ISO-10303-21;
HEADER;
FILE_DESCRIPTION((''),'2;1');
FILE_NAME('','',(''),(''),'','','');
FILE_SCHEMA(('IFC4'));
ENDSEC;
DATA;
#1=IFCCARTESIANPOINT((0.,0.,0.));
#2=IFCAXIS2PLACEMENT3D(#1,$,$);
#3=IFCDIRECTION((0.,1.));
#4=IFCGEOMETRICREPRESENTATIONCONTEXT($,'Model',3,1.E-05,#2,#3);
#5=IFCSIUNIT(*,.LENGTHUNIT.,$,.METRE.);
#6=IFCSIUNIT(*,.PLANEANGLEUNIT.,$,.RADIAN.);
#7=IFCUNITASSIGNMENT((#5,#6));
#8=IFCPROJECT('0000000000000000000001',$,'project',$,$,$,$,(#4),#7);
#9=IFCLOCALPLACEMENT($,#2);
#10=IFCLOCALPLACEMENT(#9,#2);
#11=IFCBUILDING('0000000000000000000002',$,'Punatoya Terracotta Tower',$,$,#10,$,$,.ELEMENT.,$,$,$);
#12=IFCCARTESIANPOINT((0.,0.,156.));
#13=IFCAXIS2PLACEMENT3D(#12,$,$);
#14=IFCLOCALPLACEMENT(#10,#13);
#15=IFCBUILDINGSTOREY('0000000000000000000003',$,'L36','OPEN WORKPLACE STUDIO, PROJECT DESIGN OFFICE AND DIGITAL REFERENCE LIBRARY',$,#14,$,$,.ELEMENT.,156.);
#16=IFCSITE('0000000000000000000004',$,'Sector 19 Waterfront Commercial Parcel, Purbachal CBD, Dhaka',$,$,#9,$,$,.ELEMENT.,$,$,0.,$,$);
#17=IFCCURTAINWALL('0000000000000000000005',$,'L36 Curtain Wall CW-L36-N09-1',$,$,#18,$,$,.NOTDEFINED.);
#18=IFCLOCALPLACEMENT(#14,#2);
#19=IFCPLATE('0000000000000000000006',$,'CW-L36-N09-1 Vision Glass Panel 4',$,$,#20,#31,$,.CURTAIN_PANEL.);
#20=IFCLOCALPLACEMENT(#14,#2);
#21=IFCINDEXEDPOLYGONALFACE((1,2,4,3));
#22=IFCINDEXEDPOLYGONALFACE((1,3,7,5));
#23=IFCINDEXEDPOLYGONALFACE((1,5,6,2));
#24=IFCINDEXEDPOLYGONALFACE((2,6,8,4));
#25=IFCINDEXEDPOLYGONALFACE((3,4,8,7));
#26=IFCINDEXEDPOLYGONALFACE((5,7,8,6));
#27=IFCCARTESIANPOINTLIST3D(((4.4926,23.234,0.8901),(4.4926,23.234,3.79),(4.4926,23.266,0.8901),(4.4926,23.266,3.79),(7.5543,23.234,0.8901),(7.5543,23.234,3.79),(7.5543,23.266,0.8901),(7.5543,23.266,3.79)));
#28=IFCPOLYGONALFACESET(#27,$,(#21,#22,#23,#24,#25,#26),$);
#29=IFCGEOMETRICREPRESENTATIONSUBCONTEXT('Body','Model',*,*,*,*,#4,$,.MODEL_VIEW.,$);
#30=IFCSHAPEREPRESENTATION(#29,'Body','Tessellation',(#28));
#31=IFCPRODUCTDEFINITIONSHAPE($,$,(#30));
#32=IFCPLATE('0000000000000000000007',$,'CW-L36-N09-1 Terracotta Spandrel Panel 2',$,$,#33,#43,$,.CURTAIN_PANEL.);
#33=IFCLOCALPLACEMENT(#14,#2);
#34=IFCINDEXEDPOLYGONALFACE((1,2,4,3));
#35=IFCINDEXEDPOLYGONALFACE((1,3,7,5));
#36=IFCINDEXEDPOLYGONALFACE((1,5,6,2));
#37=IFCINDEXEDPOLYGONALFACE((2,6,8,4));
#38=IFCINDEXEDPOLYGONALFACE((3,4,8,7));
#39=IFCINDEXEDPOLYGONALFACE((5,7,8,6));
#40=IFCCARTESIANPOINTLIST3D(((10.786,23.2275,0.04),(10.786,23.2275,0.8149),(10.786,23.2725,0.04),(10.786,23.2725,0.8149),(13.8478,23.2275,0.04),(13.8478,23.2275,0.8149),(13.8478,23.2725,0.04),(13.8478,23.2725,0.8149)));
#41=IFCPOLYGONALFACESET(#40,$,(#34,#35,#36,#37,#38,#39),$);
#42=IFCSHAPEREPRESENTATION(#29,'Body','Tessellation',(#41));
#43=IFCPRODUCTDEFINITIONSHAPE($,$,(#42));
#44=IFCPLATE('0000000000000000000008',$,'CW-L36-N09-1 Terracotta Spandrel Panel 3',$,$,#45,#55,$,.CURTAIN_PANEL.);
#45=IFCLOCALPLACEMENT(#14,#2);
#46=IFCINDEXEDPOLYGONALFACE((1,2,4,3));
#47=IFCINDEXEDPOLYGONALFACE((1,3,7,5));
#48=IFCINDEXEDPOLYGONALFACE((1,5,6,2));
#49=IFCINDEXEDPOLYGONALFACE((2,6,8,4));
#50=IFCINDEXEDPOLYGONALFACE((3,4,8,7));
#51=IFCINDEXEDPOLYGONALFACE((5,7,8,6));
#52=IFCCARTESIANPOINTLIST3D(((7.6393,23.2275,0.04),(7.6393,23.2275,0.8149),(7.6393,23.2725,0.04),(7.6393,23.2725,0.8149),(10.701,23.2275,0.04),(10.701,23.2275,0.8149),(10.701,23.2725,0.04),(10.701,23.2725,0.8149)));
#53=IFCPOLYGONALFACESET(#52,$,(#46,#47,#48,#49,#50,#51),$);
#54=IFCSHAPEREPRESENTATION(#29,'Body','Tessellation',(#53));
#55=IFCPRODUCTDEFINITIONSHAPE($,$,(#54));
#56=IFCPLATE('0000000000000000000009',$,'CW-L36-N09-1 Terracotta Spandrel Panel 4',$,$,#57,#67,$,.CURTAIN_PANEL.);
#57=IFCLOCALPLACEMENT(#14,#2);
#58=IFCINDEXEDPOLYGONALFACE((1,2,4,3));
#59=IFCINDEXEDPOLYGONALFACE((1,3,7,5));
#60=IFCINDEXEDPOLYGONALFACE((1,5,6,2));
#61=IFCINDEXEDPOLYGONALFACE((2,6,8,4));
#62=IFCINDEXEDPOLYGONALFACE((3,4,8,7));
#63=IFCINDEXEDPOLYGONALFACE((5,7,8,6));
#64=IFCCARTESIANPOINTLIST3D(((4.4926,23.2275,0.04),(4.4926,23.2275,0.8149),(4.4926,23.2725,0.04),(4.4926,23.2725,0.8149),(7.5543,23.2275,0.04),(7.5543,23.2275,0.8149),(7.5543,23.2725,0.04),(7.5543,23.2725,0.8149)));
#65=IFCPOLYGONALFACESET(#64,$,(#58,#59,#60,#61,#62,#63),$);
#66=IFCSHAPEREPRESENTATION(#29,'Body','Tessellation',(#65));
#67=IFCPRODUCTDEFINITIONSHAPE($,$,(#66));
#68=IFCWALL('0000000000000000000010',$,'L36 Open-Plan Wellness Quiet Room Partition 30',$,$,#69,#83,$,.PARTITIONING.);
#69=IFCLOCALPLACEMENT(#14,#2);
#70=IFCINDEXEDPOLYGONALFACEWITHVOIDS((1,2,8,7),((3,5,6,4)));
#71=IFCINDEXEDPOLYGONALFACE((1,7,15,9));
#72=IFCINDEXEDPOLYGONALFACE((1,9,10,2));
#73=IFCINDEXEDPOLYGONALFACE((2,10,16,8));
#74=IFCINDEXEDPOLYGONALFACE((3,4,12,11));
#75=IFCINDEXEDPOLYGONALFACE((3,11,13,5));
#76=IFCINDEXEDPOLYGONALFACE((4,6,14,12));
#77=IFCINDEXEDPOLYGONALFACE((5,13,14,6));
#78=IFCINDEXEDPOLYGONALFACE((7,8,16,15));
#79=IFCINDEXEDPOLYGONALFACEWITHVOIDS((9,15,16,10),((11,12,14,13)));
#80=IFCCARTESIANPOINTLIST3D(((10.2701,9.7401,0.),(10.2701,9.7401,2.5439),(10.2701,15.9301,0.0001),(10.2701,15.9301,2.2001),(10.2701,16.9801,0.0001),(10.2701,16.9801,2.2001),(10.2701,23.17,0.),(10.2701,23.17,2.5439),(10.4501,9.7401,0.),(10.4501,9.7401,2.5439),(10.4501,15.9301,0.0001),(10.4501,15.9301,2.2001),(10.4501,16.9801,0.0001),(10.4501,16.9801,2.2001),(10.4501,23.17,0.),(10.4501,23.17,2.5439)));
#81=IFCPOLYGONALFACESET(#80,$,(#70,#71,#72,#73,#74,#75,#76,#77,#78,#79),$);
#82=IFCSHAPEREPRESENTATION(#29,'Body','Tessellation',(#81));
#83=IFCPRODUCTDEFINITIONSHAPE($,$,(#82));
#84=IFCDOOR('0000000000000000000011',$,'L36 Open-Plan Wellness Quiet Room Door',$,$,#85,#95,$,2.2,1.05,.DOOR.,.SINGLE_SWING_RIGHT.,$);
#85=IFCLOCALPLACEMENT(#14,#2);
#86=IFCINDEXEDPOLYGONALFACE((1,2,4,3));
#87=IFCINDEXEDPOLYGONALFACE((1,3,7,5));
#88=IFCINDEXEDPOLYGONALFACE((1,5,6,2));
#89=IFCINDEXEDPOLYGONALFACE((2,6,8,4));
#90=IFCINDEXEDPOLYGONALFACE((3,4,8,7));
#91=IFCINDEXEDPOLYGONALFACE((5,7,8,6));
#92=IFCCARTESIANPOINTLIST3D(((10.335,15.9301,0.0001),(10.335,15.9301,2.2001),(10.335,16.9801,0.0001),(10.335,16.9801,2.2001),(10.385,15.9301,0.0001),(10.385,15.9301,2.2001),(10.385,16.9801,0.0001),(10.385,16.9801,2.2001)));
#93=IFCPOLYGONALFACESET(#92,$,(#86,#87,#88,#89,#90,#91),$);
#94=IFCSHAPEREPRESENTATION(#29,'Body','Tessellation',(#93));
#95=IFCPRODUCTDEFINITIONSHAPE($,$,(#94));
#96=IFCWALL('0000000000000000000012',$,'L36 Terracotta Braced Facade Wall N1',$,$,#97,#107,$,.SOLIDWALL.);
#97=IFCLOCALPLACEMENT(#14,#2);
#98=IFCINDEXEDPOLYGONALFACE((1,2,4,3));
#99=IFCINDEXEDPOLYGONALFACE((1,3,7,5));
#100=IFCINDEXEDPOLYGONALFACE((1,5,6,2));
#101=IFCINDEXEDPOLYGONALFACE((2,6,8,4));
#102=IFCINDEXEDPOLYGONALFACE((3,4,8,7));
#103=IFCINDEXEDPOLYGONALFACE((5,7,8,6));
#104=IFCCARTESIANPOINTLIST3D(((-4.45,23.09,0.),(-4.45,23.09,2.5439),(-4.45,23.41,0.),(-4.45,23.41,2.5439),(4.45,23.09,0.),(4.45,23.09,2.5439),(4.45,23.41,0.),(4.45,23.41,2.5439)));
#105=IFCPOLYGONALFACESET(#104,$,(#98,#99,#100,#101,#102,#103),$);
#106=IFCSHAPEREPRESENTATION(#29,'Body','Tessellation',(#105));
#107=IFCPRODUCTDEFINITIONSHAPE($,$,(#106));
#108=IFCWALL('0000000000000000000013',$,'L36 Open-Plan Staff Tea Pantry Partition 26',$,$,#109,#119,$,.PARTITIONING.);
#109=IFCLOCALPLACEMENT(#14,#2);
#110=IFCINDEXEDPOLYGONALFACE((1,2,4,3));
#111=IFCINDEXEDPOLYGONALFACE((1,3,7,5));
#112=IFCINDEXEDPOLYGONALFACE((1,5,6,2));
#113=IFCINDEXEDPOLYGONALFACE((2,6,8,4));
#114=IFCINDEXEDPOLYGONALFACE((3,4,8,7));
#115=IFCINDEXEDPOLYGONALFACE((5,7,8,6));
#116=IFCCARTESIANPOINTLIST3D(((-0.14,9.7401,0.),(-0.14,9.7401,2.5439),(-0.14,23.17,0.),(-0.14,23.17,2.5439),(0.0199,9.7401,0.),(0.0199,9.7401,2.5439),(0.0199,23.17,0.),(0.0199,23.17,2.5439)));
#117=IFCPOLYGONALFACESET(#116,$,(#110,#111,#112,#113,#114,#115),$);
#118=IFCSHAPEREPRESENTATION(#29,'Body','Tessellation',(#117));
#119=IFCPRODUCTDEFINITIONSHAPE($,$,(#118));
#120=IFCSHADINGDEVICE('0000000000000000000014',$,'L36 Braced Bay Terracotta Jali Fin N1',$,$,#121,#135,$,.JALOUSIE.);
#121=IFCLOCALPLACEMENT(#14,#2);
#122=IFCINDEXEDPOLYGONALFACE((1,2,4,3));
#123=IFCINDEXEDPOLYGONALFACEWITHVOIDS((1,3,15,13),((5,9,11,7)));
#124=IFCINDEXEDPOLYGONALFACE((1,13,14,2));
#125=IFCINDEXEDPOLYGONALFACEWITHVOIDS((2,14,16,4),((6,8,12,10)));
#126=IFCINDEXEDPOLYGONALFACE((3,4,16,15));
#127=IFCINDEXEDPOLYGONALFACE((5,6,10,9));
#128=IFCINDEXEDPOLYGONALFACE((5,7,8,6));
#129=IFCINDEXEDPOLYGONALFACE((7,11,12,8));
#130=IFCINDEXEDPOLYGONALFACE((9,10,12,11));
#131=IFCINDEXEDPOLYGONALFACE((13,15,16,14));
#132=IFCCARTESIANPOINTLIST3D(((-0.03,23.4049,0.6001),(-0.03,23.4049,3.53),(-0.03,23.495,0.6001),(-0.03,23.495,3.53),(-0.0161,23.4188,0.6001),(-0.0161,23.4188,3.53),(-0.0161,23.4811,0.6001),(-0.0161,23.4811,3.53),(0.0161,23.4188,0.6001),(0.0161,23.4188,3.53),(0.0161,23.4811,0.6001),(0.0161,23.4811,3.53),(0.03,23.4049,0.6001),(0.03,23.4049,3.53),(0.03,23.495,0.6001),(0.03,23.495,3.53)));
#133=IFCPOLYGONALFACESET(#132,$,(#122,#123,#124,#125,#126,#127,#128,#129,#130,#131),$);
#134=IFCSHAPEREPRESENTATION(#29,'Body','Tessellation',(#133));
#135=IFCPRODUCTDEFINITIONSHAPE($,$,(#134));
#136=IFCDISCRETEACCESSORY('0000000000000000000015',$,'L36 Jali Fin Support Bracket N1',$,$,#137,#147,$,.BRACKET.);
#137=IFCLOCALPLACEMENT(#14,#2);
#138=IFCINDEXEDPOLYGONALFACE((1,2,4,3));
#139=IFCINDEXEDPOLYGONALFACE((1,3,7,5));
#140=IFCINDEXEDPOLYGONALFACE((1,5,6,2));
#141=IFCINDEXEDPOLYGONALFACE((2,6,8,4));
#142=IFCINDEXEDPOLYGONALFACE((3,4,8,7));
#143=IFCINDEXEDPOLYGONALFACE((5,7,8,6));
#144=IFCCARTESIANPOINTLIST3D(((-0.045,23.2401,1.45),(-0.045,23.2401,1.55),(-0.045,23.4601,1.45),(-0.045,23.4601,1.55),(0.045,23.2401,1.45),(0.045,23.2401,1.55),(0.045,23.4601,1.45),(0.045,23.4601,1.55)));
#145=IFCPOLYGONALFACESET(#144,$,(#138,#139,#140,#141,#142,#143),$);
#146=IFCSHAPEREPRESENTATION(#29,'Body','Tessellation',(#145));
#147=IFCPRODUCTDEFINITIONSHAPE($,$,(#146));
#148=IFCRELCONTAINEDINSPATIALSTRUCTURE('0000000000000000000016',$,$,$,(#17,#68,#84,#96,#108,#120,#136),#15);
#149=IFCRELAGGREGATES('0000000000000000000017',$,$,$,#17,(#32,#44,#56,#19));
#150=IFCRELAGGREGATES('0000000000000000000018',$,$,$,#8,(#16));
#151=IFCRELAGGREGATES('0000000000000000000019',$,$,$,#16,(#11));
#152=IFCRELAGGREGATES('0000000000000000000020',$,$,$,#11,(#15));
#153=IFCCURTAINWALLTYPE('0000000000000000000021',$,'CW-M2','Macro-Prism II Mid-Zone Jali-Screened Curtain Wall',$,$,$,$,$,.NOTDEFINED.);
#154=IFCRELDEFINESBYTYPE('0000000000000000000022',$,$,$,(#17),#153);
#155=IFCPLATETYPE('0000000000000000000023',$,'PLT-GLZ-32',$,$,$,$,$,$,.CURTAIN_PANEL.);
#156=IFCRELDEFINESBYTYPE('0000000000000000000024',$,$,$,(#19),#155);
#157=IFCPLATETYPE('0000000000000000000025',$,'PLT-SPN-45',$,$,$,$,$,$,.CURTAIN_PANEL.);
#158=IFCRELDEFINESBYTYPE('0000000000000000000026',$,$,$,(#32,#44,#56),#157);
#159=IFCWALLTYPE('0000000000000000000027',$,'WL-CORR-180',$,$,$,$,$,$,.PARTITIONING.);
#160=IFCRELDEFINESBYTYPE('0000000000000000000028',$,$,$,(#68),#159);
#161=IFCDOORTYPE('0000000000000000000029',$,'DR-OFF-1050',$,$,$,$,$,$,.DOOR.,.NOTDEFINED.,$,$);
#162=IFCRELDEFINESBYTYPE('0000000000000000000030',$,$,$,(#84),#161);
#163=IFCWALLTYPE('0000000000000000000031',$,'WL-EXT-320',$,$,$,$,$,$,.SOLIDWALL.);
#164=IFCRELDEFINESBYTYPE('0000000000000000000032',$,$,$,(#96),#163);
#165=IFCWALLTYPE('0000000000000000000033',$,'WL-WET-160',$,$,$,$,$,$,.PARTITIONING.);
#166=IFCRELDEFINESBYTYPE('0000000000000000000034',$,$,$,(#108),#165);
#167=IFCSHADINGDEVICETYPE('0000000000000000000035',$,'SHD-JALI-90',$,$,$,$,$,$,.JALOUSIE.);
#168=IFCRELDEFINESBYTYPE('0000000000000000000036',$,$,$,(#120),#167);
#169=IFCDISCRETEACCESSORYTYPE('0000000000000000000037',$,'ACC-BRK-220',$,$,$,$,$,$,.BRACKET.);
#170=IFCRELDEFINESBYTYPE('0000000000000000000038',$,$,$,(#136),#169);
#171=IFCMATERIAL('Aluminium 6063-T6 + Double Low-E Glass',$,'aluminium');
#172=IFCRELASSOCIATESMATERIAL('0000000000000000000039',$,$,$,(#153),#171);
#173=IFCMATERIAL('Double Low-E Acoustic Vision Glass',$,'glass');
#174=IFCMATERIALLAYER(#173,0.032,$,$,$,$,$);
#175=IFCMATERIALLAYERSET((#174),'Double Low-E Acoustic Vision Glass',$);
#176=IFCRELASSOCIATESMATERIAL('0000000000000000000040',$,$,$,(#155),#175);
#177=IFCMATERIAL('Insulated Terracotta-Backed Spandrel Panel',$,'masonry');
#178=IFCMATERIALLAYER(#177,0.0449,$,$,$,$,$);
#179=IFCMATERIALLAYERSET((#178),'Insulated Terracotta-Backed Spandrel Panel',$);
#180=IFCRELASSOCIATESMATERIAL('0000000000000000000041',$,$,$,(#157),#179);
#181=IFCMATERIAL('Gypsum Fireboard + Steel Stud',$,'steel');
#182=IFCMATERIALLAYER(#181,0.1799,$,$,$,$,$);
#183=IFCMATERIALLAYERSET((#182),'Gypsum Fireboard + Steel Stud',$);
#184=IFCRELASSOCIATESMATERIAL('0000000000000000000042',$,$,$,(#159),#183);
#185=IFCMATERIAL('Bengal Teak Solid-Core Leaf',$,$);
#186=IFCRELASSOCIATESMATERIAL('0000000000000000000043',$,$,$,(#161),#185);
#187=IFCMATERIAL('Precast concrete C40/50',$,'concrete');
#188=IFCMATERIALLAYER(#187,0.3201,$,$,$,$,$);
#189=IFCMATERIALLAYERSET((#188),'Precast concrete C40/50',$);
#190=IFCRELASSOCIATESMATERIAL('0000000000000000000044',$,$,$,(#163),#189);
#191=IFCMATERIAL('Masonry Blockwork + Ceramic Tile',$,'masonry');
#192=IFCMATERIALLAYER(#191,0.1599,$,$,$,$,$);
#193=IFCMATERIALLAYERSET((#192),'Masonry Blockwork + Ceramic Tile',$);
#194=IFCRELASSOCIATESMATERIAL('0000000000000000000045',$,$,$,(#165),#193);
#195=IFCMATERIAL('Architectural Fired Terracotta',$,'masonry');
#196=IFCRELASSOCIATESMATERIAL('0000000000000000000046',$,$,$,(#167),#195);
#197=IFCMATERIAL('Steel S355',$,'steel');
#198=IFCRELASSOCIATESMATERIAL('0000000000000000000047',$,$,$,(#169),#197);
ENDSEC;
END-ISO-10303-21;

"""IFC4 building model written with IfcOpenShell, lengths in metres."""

from ifc_helpers import new_model, si_unit, direction, frame, frame_2d, origin, origin_2d, place, context, subcontext, project, spatial, rectangle, hollow_rectangle, extrude, material, layer, layer_set, material_profile, profile_set, type_object, element, fill, aggregate, save


model = new_model("IFC4")

# Units and contexts
model_context = context("Model", 3, precision=1e-05, world=origin(), true_north=direction((0.0, 1.0)))
body_context = subcontext(model_context, "Body", "Model", "MODEL_VIEW")
ifc_project = project(units=[si_unit("LENGTHUNIT", "METRE"), si_unit("PLANEANGLEUNIT", "RADIAN")], contexts=[model_context])

# Site, building, storey
site_placement = place(None, origin())
site = spatial("IfcSite", under=ifc_project, at=site_placement, Name="Sector 19 Waterfront Commercial Parcel, Purbachal CBD, Dhaka", CompositionType="ELEMENT", RefElevation=0.0)
building_placement = place(site_placement, origin())
building = spatial("IfcBuilding", under=site, at=building_placement, Name="Punatoya Terracotta Tower", CompositionType="ELEMENT")
storey_placement = place(building_placement, frame((0.0, 0.0, 156.0)))
storey = spatial("IfcBuildingStorey", under=building, at=storey_placement, Name="L36", Description="OPEN WORKPLACE STUDIO, PROJECT DESIGN OFFICE AND DIGITAL REFERENCE LIBRARY", CompositionType="ELEMENT", Elevation=156.0)

# Shared definitions
ifc_material_1 = material(Name="Steel S355", Category="steel")

# Curtain wall
ifc_material_2 = material(Name="Aluminium 6063-T6 + Double Low-E Glass", Category="aluminium")
curtain_wall_type = type_object("IfcCurtainWallType", Name="CW-M2", Description="Macro-Prism II Mid-Zone Jali-Screened Curtain Wall", PredefinedType="NOTDEFINED", material=ifc_material_2)
curtain_wall_placement = place(storey_placement, origin())
curtain_wall = element("IfcCurtainWall", 1, at=curtain_wall_placement, inside=storey, type_object=curtain_wall_type, Name="L36 Curtain Wall CW-L36-N09-1", PredefinedType="NOTDEFINED")

# Plates
ifc_material_3 = material(Name="Double Low-E Acoustic Vision Glass", Category="glass")
ifc_layer_1 = layer(ifc_material_3, 0.032)
ifc_layer_set_1 = layer_set([ifc_layer_1], Name="Double Low-E Acoustic Vision Glass")
plate_type_1 = type_object("IfcPlateType", Name="PLT-GLZ-32", PredefinedType="CURTAIN_PANEL", material=ifc_layer_set_1)
plate_1_placement = place(storey_placement, frame((6.0234, 23.25, 0.8901), z_axis=(0.0, 0.0, 1.0), x_axis=(-1.0, 0.0, 0.0)))
plate_1 = element("IfcPlate", 2, at=plate_1_placement, type_object=plate_type_1, Name="CW-L36-N09-1 Vision Glass Panel 4", PredefinedType="CURTAIN_PANEL", context=body_context, shape_type="SweptSolid", body=[
    extrude(rectangle(XDim=3.0618, YDim=0.032, at=origin_2d()), origin(), (0.0, 0.0, 1.0), 2.8999),
])
ifc_material_4 = material(Name="Insulated Terracotta-Backed Spandrel Panel", Category="masonry")
ifc_layer_2 = layer(ifc_material_4, 0.0449)
ifc_layer_set_2 = layer_set([ifc_layer_2], Name="Insulated Terracotta-Backed Spandrel Panel")
plate_type_2 = type_object("IfcPlateType", Name="PLT-SPN-45", PredefinedType="CURTAIN_PANEL", material=ifc_layer_set_2)
plate_2_placement = place(storey_placement, frame((12.3169, 23.25, 0.04), z_axis=(0.0, 0.0, 1.0), x_axis=(-1.0, 0.0, 0.0)))
plate_2 = element("IfcPlate", 3, at=plate_2_placement, type_object=plate_type_2, Name="CW-L36-N09-1 Terracotta Spandrel Panel 2", PredefinedType="CURTAIN_PANEL", context=body_context, shape_type="SweptSolid", body=[
    extrude(rectangle(XDim=3.0618, YDim=0.0449, at=origin_2d()), origin(), (0.0, 0.0, 1.0), 0.7749),
])
plate_3_placement = place(storey_placement, frame((9.1702, 23.25, 0.04), z_axis=(0.0, 0.0, 1.0), x_axis=(-1.0, 0.0, 0.0)))
plate_3 = element("IfcPlate", 4, at=plate_3_placement, type_object=plate_type_2, Name="CW-L36-N09-1 Terracotta Spandrel Panel 3", PredefinedType="CURTAIN_PANEL", context=body_context, shape_type="SweptSolid", body=[
    extrude(rectangle(XDim=3.0618, YDim=0.0449, at=origin_2d()), origin(), (0.0, 0.0, 1.0), 0.7749),
])
plate_4_placement = place(storey_placement, frame((6.0234, 23.25, 0.04), z_axis=(0.0, 0.0, 1.0), x_axis=(-1.0, 0.0, 0.0)))
plate_4 = element("IfcPlate", 5, at=plate_4_placement, type_object=plate_type_2, Name="CW-L36-N09-1 Terracotta Spandrel Panel 4", PredefinedType="CURTAIN_PANEL", context=body_context, shape_type="SweptSolid", body=[
    extrude(rectangle(XDim=3.0618, YDim=0.0449, at=origin_2d()), origin(), (0.0, 0.0, 1.0), 0.7749),
])
aggregate(curtain_wall, [plate_2, plate_3, plate_4, plate_1])

# Wall, opening, door
ifc_material_5 = material(Name="Gypsum Fireboard + Steel Stud", Category="steel")
ifc_layer_3 = layer(ifc_material_5, 0.1799)
ifc_layer_set_3 = layer_set([ifc_layer_3], Name="Gypsum Fireboard + Steel Stud")
wall_type_1 = type_object("IfcWallType", Name="WL-CORR-180", PredefinedType="PARTITIONING", material=ifc_layer_set_3)
wall_1_placement = place(storey_placement, frame((10.3601, 23.1699, 0.0), z_axis=(0.0, 0.0, 1.0), x_axis=(0.0, -1.0, 0.0)))
wall_1 = element("IfcWall", 6, at=wall_1_placement, inside=storey, type_object=wall_type_1, Name="L36 Open-Plan Wellness Quiet Room Partition 30", PredefinedType="PARTITIONING", context=body_context, shape_type="SweptSolid", body=[
    extrude(rectangle(XDim=13.4299, YDim=0.1799, at=frame_2d((6.7148, 0.0))), origin(), (0.0, 0.0, 1.0), 2.5439),
])
opening_placement = place(wall_1_placement, frame((6.1899, 0.0, 0.0)))
opening = element("IfcOpeningElement", 7, at=opening_placement, cuts=wall_1, PredefinedType="OPENING", context=body_context, shape_type="SweptSolid", body=[
    extrude(rectangle(XDim=1.05, YDim=2.2, at=frame_2d((0.5249, 1.1001))), frame((0.0, 0.0999, 0.0), z_axis=(0.0, -1.0, 0.0), x_axis=(1.0, 0.0, 0.0)), (0.0, 0.0, 1.0), 0.2),
])
ifc_material_6 = material(Name="Bengal Teak Solid-Core Leaf")
door_type = type_object("IfcDoorType", Name="DR-OFF-1050", OperationType="NOTDEFINED", PredefinedType="DOOR", material=ifc_material_6)
door_placement = place(opening_placement, origin())
door = element("IfcDoor", 8, at=door_placement, inside=storey, type_object=door_type, Name="L36 Open-Plan Wellness Quiet Room Door", OperationType="SINGLE_SWING_RIGHT", OverallHeight=2.2, OverallWidth=1.05, PredefinedType="DOOR", context=body_context, shape_type="SweptSolid", body=[
    extrude(rectangle(XDim=1.05, YDim=2.2, at=frame_2d((0.5249, 1.1001))), frame((0.0, 0.0249, 0.0), z_axis=(0.0, -1.0, 0.0), x_axis=(1.0, 0.0, 0.0)), (0.0, 0.0, 1.0), 0.05),
])
fill(opening, door)

# Walls
ifc_material_7 = material(Name="Precast concrete C40/50", Category="concrete")
ifc_layer_4 = layer(ifc_material_7, 0.3201)
ifc_layer_set_4 = layer_set([ifc_layer_4], Name="Precast concrete C40/50")
wall_type_2 = type_object("IfcWallType", Name="WL-EXT-320", PredefinedType="SOLIDWALL", material=ifc_layer_set_4)
wall_2_placement = place(storey_placement, frame((4.45, 23.25, 0.0), z_axis=(0.0, 0.0, 1.0), x_axis=(-1.0, 0.0, 0.0)))
element("IfcWall", 9, at=wall_2_placement, inside=storey, type_object=wall_type_2, Name="L36 Terracotta Braced Facade Wall N1", PredefinedType="SOLIDWALL", context=body_context, shape_type="SweptSolid", body=[
    extrude(rectangle(XDim=8.8999, YDim=0.3201, at=frame_2d((4.45, 0.0))), origin(), (0.0, 0.0, 1.0), 2.5439),
])
ifc_material_8 = material(Name="Masonry Blockwork + Ceramic Tile", Category="masonry")
ifc_layer_5 = layer(ifc_material_8, 0.1599)
ifc_layer_set_5 = layer_set([ifc_layer_5], Name="Masonry Blockwork + Ceramic Tile")
wall_type_3 = type_object("IfcWallType", Name="WL-WET-160", PredefinedType="PARTITIONING", material=ifc_layer_set_5)
wall_3_placement = place(storey_placement, frame((-0.0601, 23.1699, 0.0), z_axis=(0.0, 0.0, 1.0), x_axis=(0.0, -1.0, 0.0)))
element("IfcWall", 10, at=wall_3_placement, inside=storey, type_object=wall_type_3, Name="L36 Open-Plan Staff Tea Pantry Partition 26", PredefinedType="PARTITIONING", context=body_context, shape_type="SweptSolid", body=[
    extrude(rectangle(XDim=13.4299, YDim=0.1599, at=frame_2d((6.7148, 0.0))), origin(), (0.0, 0.0, 1.0), 2.5439),
])

# Shading device
ifc_material_9 = material(Name="Architectural Fired Terracotta", Category="masonry")
ifc_material_profile_1 = material_profile(ifc_material_9, hollow_rectangle(XDim=0.0601, YDim=0.0901, WallThickness=0.0139, at=origin_2d()))
ifc_profile_set_1 = profile_set([ifc_material_profile_1], Name="Architectural Fired Terracotta")
shading_device_type = type_object("IfcShadingDeviceType", Name="SHD-JALI-90", PredefinedType="JALOUSIE", material=ifc_profile_set_1)
shading_device_placement = place(storey_placement, frame((0.0, 23.45, 0.6001), z_axis=(0.0, 0.0, 1.0), x_axis=(1.0, 0.0, 0.0)))
element("IfcShadingDevice", 11, at=shading_device_placement, inside=storey, type_object=shading_device_type, Name="L36 Braced Bay Terracotta Jali Fin N1", PredefinedType="JALOUSIE", context=body_context, shape_type="SweptSolid", body=[
    extrude(hollow_rectangle(XDim=0.0601, YDim=0.0901, WallThickness=0.0139, at=origin_2d()), origin(), (0.0, 0.0, 1.0), 2.9299),
])

# Discrete accessory
discrete_accessory_type = type_object("IfcDiscreteAccessoryType", Name="ACC-BRK-220", PredefinedType="BRACKET", material=ifc_material_1)
discrete_accessory_placement = place(storey_placement, frame((0.0, 23.3501, 1.45), z_axis=(0.0, 0.0, 1.0), x_axis=(-1.0, 0.0, 0.0)))
element("IfcDiscreteAccessory", 12, at=discrete_accessory_placement, inside=storey, type_object=discrete_accessory_type, Name="L36 Jali Fin Support Bracket N1", PredefinedType="BRACKET", context=body_context, shape_type="SweptSolid", body=[
    extrude(rectangle(XDim=0.0901, YDim=0.22, at=origin_2d()), origin(), (0.0, 0.0, 1.0), 0.1001),
])

save(model, "model.ifc")
